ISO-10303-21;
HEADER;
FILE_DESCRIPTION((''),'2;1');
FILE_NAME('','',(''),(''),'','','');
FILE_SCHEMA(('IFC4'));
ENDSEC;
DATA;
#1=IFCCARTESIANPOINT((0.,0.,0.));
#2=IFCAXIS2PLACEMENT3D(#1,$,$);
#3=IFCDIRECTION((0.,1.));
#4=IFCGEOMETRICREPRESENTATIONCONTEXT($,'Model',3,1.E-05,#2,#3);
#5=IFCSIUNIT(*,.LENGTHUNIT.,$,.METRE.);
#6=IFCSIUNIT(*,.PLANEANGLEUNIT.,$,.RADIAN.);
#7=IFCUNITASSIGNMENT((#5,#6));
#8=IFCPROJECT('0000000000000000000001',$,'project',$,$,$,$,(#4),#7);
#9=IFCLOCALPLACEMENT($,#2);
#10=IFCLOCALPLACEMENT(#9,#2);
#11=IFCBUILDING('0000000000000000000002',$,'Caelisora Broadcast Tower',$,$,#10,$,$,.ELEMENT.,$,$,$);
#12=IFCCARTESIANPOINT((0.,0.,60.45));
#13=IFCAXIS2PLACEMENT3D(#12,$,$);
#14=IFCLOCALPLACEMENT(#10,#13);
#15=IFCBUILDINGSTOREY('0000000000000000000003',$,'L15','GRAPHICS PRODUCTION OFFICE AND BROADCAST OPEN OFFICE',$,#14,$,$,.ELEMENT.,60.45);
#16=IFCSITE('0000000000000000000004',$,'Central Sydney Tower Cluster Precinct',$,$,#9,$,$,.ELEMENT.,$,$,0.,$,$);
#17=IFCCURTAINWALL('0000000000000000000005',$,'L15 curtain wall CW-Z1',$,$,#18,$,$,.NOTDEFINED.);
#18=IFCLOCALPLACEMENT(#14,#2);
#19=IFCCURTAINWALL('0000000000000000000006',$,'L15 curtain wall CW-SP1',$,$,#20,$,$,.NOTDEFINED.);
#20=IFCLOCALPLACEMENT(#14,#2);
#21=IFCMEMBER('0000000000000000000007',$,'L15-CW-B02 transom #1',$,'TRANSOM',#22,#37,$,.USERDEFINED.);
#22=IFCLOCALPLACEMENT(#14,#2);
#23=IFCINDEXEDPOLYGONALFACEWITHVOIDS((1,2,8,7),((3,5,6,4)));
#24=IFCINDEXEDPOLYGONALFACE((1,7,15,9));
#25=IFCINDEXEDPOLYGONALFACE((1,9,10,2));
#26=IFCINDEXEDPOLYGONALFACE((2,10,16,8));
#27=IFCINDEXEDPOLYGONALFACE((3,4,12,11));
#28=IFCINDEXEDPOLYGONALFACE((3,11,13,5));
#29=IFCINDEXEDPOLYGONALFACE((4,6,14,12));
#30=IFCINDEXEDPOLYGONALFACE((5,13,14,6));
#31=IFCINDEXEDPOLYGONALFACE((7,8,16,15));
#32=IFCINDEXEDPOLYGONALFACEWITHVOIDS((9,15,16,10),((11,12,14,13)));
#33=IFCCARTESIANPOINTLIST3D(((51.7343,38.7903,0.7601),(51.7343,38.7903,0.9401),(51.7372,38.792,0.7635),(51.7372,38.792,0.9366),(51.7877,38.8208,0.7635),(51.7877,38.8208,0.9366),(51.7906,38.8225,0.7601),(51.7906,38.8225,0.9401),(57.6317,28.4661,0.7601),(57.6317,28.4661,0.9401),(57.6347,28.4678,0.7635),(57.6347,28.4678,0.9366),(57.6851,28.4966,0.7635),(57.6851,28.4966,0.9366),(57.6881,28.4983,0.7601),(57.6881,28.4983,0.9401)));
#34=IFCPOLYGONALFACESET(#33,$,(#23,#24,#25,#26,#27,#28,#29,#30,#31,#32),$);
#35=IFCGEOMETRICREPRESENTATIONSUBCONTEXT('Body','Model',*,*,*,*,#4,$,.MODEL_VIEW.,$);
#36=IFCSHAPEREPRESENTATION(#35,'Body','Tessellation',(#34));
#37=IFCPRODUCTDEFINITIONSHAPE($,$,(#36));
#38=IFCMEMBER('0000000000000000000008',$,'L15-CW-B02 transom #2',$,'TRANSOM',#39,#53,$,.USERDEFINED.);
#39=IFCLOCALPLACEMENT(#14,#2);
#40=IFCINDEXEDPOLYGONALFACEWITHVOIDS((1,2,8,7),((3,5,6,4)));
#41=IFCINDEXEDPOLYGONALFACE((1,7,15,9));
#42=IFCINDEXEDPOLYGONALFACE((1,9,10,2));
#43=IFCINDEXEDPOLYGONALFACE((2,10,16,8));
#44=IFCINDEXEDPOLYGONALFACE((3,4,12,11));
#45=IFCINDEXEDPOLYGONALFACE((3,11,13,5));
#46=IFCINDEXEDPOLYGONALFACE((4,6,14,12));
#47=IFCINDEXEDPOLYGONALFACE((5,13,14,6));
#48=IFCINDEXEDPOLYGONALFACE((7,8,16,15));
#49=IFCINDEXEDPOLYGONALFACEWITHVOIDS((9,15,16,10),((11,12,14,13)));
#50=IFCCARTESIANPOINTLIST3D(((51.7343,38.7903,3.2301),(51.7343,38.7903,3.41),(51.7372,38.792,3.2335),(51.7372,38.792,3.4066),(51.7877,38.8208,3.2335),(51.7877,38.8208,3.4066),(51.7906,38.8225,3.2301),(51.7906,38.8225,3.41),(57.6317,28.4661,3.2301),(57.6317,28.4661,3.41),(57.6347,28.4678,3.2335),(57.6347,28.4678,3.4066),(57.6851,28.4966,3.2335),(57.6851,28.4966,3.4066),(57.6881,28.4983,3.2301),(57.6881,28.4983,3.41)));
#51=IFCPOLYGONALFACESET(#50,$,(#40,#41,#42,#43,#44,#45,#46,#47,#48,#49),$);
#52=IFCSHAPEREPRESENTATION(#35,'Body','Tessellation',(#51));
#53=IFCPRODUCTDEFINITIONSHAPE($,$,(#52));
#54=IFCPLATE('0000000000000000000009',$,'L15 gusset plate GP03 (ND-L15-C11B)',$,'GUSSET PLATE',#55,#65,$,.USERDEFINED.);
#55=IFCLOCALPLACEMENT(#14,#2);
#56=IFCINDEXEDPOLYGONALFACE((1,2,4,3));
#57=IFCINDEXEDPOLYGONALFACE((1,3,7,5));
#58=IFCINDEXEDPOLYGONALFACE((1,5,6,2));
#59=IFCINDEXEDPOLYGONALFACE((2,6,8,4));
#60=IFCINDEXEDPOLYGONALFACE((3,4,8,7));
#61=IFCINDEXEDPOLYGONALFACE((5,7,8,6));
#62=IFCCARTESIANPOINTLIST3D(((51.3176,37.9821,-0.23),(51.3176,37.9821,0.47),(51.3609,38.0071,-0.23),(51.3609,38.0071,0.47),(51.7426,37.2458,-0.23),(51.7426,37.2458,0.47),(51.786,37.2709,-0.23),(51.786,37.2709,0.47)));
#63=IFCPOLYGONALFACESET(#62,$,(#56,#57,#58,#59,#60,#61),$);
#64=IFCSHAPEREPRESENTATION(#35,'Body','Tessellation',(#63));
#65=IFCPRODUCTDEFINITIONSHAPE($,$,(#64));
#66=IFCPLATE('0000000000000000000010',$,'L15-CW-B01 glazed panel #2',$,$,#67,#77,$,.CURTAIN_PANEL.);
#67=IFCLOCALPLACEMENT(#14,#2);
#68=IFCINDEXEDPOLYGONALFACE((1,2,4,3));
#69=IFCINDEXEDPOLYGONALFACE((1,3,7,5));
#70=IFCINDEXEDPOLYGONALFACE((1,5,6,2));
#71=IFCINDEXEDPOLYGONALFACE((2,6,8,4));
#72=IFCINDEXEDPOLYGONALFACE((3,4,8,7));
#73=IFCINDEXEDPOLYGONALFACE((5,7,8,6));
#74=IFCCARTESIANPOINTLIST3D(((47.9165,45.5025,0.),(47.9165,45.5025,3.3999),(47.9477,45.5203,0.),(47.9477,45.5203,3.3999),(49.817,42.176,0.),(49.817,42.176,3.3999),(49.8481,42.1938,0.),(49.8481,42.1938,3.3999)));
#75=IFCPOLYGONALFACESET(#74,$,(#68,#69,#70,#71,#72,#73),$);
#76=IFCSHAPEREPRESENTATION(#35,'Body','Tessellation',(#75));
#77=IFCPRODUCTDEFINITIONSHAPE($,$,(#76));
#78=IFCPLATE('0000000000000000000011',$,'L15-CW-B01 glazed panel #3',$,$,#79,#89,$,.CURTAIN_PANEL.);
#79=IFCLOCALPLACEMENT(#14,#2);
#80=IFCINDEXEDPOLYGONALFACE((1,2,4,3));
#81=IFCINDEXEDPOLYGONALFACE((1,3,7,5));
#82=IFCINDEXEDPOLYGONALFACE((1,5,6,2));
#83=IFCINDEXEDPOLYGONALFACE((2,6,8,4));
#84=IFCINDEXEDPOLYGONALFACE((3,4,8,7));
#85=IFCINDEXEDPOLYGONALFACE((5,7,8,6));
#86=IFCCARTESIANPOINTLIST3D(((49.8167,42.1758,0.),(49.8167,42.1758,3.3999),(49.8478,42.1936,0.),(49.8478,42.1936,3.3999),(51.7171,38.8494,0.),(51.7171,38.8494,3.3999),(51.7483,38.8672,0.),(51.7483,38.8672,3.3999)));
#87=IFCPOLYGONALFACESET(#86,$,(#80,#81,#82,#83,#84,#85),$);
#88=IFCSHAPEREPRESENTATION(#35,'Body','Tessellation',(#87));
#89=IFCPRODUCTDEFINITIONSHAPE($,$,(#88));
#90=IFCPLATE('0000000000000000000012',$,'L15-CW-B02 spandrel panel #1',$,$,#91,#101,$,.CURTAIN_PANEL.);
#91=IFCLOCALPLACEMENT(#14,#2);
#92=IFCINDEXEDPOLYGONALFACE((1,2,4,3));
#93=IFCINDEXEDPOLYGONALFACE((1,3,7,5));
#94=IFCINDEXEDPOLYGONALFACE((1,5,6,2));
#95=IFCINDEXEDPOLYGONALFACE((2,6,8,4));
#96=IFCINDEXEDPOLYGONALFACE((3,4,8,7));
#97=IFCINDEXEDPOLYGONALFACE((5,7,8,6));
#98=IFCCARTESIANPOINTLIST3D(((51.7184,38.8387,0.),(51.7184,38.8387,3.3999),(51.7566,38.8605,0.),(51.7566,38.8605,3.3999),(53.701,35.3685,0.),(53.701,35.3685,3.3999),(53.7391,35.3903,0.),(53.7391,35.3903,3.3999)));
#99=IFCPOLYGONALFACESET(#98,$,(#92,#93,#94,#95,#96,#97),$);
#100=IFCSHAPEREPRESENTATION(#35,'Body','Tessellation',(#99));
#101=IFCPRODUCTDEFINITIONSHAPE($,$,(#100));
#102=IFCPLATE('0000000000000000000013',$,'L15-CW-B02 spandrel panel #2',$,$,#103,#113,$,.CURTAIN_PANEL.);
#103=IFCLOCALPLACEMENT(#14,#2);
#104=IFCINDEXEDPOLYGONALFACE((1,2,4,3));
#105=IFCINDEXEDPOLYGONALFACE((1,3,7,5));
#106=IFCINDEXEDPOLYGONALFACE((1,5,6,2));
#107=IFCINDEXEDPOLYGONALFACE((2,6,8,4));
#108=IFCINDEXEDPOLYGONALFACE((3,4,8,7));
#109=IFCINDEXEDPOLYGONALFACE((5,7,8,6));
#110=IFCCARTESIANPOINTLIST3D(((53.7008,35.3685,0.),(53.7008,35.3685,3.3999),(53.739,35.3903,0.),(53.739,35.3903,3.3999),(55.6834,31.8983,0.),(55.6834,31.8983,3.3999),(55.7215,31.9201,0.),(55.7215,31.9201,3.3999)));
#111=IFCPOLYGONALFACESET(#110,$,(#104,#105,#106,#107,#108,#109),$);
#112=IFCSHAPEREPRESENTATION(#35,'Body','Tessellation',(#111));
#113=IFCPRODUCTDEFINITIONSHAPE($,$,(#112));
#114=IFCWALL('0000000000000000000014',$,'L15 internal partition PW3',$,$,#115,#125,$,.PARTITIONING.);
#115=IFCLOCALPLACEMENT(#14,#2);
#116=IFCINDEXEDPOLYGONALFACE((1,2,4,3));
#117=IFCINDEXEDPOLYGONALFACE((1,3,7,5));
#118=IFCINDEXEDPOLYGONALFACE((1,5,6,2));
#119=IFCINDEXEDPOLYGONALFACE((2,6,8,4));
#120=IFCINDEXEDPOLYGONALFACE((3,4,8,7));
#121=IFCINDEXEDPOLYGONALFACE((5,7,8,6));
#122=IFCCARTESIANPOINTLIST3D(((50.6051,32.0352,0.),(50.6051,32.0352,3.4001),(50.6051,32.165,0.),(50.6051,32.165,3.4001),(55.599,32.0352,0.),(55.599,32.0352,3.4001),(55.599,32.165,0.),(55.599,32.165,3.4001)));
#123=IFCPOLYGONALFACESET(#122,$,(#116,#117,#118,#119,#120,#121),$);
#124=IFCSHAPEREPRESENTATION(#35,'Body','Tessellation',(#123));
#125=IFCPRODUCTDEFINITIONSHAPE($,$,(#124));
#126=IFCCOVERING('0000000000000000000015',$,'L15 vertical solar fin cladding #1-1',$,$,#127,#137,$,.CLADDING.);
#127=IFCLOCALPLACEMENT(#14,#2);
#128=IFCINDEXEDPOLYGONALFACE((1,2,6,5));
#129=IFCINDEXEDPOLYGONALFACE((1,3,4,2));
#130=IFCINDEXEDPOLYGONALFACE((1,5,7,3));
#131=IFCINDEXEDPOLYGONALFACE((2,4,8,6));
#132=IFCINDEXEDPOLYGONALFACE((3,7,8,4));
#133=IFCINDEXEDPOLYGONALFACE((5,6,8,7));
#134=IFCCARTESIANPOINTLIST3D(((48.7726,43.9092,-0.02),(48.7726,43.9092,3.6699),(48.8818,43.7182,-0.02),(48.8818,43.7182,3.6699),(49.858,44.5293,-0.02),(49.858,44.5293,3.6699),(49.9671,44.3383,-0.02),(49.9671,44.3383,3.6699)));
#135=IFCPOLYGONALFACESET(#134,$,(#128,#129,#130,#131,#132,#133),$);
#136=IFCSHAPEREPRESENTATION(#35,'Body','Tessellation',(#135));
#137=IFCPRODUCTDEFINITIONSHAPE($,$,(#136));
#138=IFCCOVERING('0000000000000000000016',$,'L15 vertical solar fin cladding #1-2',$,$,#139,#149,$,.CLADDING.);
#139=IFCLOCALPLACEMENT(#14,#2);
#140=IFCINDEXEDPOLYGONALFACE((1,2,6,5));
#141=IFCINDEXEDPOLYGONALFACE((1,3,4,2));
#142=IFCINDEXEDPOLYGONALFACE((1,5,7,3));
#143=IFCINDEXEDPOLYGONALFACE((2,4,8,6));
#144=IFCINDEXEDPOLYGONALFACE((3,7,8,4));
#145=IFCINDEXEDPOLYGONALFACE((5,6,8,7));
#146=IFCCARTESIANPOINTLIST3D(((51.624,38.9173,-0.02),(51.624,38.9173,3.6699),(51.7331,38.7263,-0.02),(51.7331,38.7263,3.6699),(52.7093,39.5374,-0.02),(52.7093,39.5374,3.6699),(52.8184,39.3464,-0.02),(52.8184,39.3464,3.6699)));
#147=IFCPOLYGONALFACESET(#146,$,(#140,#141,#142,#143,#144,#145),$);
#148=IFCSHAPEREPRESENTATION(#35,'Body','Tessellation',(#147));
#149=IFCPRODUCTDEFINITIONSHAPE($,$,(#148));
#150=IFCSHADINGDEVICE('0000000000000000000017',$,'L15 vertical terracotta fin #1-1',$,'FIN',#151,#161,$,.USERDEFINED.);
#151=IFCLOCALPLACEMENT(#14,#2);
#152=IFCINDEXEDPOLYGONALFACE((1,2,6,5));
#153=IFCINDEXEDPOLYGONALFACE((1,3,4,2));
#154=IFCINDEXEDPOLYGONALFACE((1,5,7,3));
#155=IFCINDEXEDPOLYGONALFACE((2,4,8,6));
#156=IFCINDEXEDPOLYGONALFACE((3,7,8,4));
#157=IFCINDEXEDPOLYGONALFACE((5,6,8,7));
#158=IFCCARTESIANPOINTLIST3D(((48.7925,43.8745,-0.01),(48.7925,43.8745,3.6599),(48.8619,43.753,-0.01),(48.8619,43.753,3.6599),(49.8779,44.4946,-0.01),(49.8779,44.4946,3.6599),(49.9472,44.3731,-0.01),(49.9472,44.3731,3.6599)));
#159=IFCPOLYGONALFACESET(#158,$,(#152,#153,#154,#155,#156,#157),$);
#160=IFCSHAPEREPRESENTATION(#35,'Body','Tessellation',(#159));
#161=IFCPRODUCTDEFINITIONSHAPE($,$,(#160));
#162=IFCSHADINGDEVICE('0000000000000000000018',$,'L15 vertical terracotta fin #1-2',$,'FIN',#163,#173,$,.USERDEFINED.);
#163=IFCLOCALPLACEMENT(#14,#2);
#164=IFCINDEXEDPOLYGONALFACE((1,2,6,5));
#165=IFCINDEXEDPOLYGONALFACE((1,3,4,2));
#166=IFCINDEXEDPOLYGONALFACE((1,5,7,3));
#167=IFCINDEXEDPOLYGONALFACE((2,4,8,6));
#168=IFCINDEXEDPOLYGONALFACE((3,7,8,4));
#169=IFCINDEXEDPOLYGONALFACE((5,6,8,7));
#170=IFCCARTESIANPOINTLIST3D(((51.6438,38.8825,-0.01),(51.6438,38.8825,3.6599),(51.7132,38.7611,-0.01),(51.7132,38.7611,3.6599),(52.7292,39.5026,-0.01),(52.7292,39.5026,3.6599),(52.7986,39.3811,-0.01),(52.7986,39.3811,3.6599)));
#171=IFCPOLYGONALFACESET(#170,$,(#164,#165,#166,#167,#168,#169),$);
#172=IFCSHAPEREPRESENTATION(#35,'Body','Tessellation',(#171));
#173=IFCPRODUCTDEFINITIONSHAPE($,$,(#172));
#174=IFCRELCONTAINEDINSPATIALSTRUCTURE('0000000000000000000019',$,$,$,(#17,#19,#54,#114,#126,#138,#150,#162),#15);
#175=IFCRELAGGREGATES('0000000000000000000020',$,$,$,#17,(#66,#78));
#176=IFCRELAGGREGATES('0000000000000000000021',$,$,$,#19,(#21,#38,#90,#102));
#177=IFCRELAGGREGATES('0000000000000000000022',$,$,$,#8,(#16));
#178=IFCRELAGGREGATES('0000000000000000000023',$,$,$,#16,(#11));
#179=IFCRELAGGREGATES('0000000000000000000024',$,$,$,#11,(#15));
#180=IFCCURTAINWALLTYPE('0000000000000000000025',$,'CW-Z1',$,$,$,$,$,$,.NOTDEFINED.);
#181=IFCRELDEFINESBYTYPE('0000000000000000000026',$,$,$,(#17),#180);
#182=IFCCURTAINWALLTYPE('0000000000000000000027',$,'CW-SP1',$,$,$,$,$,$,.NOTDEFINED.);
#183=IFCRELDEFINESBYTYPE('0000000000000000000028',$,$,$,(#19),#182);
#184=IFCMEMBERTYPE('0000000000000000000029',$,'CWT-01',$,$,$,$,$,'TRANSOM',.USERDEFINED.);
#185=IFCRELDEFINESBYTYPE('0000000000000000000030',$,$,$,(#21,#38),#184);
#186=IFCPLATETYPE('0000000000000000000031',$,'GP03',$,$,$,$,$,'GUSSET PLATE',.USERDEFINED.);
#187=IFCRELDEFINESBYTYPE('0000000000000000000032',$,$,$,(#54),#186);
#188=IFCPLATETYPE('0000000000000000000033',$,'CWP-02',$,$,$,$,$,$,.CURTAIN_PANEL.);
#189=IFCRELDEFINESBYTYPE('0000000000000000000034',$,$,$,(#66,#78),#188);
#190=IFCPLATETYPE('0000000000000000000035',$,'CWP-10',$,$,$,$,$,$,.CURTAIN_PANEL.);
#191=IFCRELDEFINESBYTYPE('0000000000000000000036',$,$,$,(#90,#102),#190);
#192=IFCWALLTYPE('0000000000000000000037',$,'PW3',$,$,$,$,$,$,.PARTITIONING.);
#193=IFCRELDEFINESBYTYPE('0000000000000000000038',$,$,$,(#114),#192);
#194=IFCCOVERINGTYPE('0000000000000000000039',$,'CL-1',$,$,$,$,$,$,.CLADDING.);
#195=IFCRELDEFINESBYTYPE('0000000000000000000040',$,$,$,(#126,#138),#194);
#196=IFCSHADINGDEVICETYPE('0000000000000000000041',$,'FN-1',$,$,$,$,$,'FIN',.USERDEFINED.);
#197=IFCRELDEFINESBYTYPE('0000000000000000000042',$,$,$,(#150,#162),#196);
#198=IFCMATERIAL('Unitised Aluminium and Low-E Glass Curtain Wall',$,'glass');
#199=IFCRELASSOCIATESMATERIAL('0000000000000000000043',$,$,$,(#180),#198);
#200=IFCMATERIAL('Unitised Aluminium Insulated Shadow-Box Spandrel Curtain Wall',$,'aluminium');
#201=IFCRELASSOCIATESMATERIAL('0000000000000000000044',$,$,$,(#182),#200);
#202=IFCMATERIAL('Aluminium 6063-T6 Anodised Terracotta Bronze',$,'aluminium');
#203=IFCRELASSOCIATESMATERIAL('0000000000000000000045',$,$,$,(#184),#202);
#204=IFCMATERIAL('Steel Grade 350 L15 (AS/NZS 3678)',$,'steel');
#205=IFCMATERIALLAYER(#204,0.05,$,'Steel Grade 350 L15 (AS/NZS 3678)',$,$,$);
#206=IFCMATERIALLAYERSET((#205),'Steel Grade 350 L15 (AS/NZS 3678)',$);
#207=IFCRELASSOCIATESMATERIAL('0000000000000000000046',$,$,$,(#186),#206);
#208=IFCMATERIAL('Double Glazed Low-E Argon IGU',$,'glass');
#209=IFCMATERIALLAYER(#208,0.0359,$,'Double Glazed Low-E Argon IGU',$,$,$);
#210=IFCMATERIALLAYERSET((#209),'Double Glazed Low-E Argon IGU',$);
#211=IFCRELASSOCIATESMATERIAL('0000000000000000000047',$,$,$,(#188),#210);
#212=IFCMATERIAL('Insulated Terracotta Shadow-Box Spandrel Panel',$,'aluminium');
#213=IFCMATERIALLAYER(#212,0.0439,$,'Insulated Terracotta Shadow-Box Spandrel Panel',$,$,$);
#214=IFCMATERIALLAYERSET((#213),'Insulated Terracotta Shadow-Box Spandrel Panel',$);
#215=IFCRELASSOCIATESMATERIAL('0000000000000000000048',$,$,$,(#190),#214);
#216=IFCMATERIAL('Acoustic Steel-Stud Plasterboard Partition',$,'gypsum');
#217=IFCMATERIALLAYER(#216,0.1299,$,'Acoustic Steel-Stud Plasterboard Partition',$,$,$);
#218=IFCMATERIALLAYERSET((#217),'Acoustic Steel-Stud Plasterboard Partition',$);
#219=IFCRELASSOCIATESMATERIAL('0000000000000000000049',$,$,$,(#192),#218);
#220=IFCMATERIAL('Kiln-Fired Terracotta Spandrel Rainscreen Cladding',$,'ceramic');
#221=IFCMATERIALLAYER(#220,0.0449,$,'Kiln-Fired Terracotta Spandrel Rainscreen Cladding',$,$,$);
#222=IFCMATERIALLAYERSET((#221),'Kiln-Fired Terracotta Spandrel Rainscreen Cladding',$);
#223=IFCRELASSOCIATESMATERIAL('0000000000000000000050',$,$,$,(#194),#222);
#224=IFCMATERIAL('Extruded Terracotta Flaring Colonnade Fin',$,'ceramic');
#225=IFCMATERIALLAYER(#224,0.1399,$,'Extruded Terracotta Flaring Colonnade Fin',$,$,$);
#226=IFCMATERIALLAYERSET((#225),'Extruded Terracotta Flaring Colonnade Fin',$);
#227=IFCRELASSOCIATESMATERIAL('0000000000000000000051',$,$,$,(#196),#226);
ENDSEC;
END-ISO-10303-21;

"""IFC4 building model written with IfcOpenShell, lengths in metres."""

from ifc_helpers import new_model, si_unit, direction, frame, frame_2d, origin, origin_2d, place, context, subcontext, project, spatial, rectangle, hollow_rectangle, extrude, source, transform, mapped, material, layer, layer_set, material_profile, profile_set, type_object, type_shapes, element, aggregate, save


model = new_model("IFC4")

# Units and contexts
model_context = context("Model", 3, precision=1e-05, world=origin(), true_north=direction((0.0, 1.0)))
body_context = subcontext(model_context, "Body", "Model", "MODEL_VIEW")
ifc_project = project(units=[si_unit("LENGTHUNIT", "METRE"), si_unit("PLANEANGLEUNIT", "RADIAN")], contexts=[model_context])

# Site, building, storey
site_placement = place(None, origin())
site = spatial("IfcSite", under=ifc_project, at=site_placement, Name="Central Sydney Tower Cluster Precinct", CompositionType="ELEMENT", RefElevation=0.0)
building_placement = place(site_placement, origin())
building = spatial("IfcBuilding", under=site, at=building_placement, Name="Caelisora Broadcast Tower", CompositionType="ELEMENT")
storey_placement = place(building_placement, frame((0.0, 0.0, 60.45)))
storey = spatial("IfcBuildingStorey", under=building, at=storey_placement, Name="L15", Description="GRAPHICS PRODUCTION OFFICE AND BROADCAST OPEN OFFICE", CompositionType="ELEMENT", Elevation=60.45)

# Shared definitions
ifc_material_1 = material(Name="Steel Grade 350 L15 (AS/NZS 3678)", Category="steel")

# Curtain walls, members
ifc_material_2 = material(Name="Unitised Aluminium and Low-E Glass Curtain Wall", Category="glass")
curtain_wall_type_1 = type_object("IfcCurtainWallType", Name="CW-Z1", PredefinedType="NOTDEFINED", material=ifc_material_2)
curtain_wall_1_placement = place(storey_placement, origin())
curtain_wall_1 = element("IfcCurtainWall", 1, at=curtain_wall_1_placement, inside=storey, type_object=curtain_wall_type_1, Name="L15 curtain wall CW-Z1", PredefinedType="NOTDEFINED")
ifc_material_3 = material(Name="Aluminium 6063-T6 Anodised Terracotta Bronze", Category="aluminium")
ifc_material_4 = material(Name="Unitised Aluminium Insulated Shadow-Box Spandrel Curtain Wall", Category="aluminium")
curtain_wall_type_2 = type_object("IfcCurtainWallType", Name="CW-SP1", PredefinedType="NOTDEFINED", material=ifc_material_4)
curtain_wall_2_placement = place(storey_placement, origin())
curtain_wall_2 = element("IfcCurtainWall", 2, at=curtain_wall_2_placement, inside=storey, type_object=curtain_wall_type_2, Name="L15 curtain wall CW-SP1", PredefinedType="NOTDEFINED")
ifc_material_profile_1 = material_profile(ifc_material_3, hollow_rectangle(XDim=0.0649, YDim=0.1799, WallThickness=0.0034, at=origin_2d()), Name="Aluminium 6063-T6 Anodised Terracotta Bronze")
ifc_profile_set_1 = profile_set([ifc_material_profile_1], Name="Aluminium 6063-T6 Anodised Terracotta Bronze")
member_type_1 = type_object("IfcMemberType", Name="CWT-01", ElementType="TRANSOM", PredefinedType="USERDEFINED", material=ifc_profile_set_1)
shared_shape_1 = source(origin(), body_context, "Body", "SweptSolid", [
    extrude(hollow_rectangle(XDim=0.0649, YDim=0.1799, WallThickness=0.0034, at=origin_2d()), origin(), (0.0, 0.0, 1.0), 11.8899),
])
type_shapes(member_type_1, [shared_shape_1])
member_1_placement = place(storey_placement, frame((51.7625, 38.8064, 0.8501), z_axis=(0.496006, -0.868319, 0.0), x_axis=(0.868319, 0.496006, 0.0)))
member_1 = element("IfcMember", 3, at=member_1_placement, type_object=member_type_1, Name="L15-CW-B02 transom #1", ObjectType="TRANSOM", PredefinedType="USERDEFINED", context=body_context, shape_type="MappedRepresentation", body=[
    mapped(shared_shape_1, transform((0.0, 0.0, 0.0), scale=1.0)),
])
member_2_placement = place(storey_placement, frame((51.7625, 38.8064, 3.3201), z_axis=(0.496006, -0.868319, 0.0), x_axis=(0.868319, 0.496006, 0.0)))
member_2 = element("IfcMember", 4, at=member_2_placement, type_object=member_type_1, Name="L15-CW-B02 transom #2", ObjectType="TRANSOM", PredefinedType="USERDEFINED", context=body_context, shape_type="MappedRepresentation", body=[
    mapped(shared_shape_1, transform((0.0, 0.0, 0.0), scale=1.0)),
])

# Plates
ifc_layer_1 = layer(ifc_material_1, 0.05, Name="Steel Grade 350 L15 (AS/NZS 3678)")
ifc_layer_set_1 = layer_set([ifc_layer_1], Name="Steel Grade 350 L15 (AS/NZS 3678)")
plate_type_1 = type_object("IfcPlateType", Name="GP03", ElementType="GUSSET PLATE", PredefinedType="USERDEFINED", material=ifc_layer_set_1)
shared_shape_2 = source(origin(), body_context, "Body", "SweptSolid", [
    extrude(rectangle(XDim=0.8501, YDim=0.05, at=origin_2d()), origin(), (0.0, 0.0, 1.0), 0.7),
])
type_shapes(plate_type_1, [shared_shape_2])
plate_1_placement = place(storey_placement, frame((51.5518, 37.6265, -0.23), z_axis=(0.0, 0.0, 1.0), x_axis=(-0.5, 0.866025, 0.0)))
element("IfcPlate", 5, at=plate_1_placement, inside=storey, type_object=plate_type_1, Name="L15 gusset plate GP03 (ND-L15-C11B)", ObjectType="GUSSET PLATE", PredefinedType="USERDEFINED", context=body_context, shape_type="MappedRepresentation", body=[
    mapped(shared_shape_2, transform((0.0, 0.0, 0.0), scale=1.0)),
])
ifc_material_5 = material(Name="Double Glazed Low-E Argon IGU", Category="glass")
ifc_layer_2 = layer(ifc_material_5, 0.0359, Name="Double Glazed Low-E Argon IGU")
ifc_layer_set_2 = layer_set([ifc_layer_2], Name="Double Glazed Low-E Argon IGU")
plate_type_2 = type_object("IfcPlateType", Name="CWP-02", PredefinedType="CURTAIN_PANEL", material=ifc_layer_set_2)
shared_shape_3 = source(origin(), body_context, "Body", "SweptSolid", [
    extrude(rectangle(XDim=3.8311, YDim=0.0359, at=origin_2d()), origin(), (0.0, 0.0, 1.0), 3.3999),
])
type_shapes(plate_type_2, [shared_shape_3])
plate_2_placement = place(storey_placement, frame((48.8823, 43.8481, 0.0), z_axis=(0.0, 0.0, 1.0), x_axis=(0.496065, -0.868285, 0.0)))
plate_2 = element("IfcPlate", 6, at=plate_2_placement, type_object=plate_type_2, Name="L15-CW-B01 glazed panel #2", PredefinedType="CURTAIN_PANEL", context=body_context, shape_type="MappedRepresentation", body=[
    mapped(shared_shape_3, transform((0.0, 0.0, 0.0), scale=1.0)),
])
plate_3_placement = place(storey_placement, frame((50.7825, 40.5215, 0.0), z_axis=(0.0, 0.0, 1.0), x_axis=(0.496065, -0.868285, 0.0)))
plate_3 = element("IfcPlate", 7, at=plate_3_placement, type_object=plate_type_2, Name="L15-CW-B01 glazed panel #3", PredefinedType="CURTAIN_PANEL", context=body_context, shape_type="MappedRepresentation", body=[
    mapped(shared_shape_3, transform((0.0, 0.0, 0.0), scale=1.0)),
])
aggregate(curtain_wall_1, [plate_2, plate_3])
ifc_material_6 = material(Name="Insulated Terracotta Shadow-Box Spandrel Panel", Category="aluminium")
ifc_layer_3 = layer(ifc_material_6, 0.0439, Name="Insulated Terracotta Shadow-Box Spandrel Panel")
ifc_layer_set_3 = layer_set([ifc_layer_3], Name="Insulated Terracotta Shadow-Box Spandrel Panel")
plate_type_3 = type_object("IfcPlateType", Name="CWP-10", PredefinedType="CURTAIN_PANEL", material=ifc_layer_set_3)
shared_shape_4 = source(origin(), body_context, "Body", "SweptSolid", [
    extrude(rectangle(XDim=3.9966, YDim=0.0439, at=origin_2d()), origin(), (0.0, 0.0, 1.0), 3.3999),
])
type_shapes(plate_type_3, [shared_shape_4])
plate_4_placement = place(storey_placement, frame((52.7288, 37.1145, 0.0), z_axis=(0.0, 0.0, 1.0), x_axis=(0.496065, -0.868285, 0.0)))
plate_4 = element("IfcPlate", 8, at=plate_4_placement, type_object=plate_type_3, Name="L15-CW-B02 spandrel panel #1", PredefinedType="CURTAIN_PANEL", context=body_context, shape_type="MappedRepresentation", body=[
    mapped(shared_shape_4, transform((0.0, 0.0, 0.0), scale=1.0)),
])
plate_5_placement = place(storey_placement, frame((54.7112, 33.6443, 0.0), z_axis=(0.0, 0.0, 1.0), x_axis=(0.496065, -0.868285, 0.0)))
plate_5 = element("IfcPlate", 9, at=plate_5_placement, type_object=plate_type_3, Name="L15-CW-B02 spandrel panel #2", PredefinedType="CURTAIN_PANEL", context=body_context, shape_type="MappedRepresentation", body=[
    mapped(shared_shape_4, transform((0.0, 0.0, 0.0), scale=1.0)),
])
aggregate(curtain_wall_2, [member_1, member_2, plate_4, plate_5])

# Wall
ifc_material_7 = material(Name="Acoustic Steel-Stud Plasterboard Partition", Category="gypsum")
ifc_layer_4 = layer(ifc_material_7, 0.1299, Name="Acoustic Steel-Stud Plasterboard Partition")
ifc_layer_set_4 = layer_set([ifc_layer_4], Name="Acoustic Steel-Stud Plasterboard Partition")
wall_type = type_object("IfcWallType", Name="PW3", PredefinedType="PARTITIONING", material=ifc_layer_set_4)
wall_placement = place(storey_placement, frame((50.605, 32.1001, 0.0), z_axis=(0.0, 0.0, 1.0), x_axis=(1.0, 0.0, 0.0)))
element("IfcWall", 10, at=wall_placement, inside=storey, type_object=wall_type, Name="L15 internal partition PW3", PredefinedType="PARTITIONING", context=body_context, shape_type="SweptSolid", body=[
    extrude(rectangle(XDim=4.9939, YDim=0.1299, at=frame_2d((2.4971, 0.0))), origin(), (0.0, 0.0, 1.0), 3.4001),
])

# Coverings
ifc_material_8 = material(Name="Kiln-Fired Terracotta Spandrel Rainscreen Cladding", Category="ceramic")
ifc_layer_5 = layer(ifc_material_8, 0.0449, Name="Kiln-Fired Terracotta Spandrel Rainscreen Cladding")
ifc_layer_set_5 = layer_set([ifc_layer_5], Name="Kiln-Fired Terracotta Spandrel Rainscreen Cladding")
covering_type = type_object("IfcCoveringType", Name="CL-1", PredefinedType="CLADDING", material=ifc_layer_set_5)
shared_shape_5 = source(origin(), body_context, "Body", "SweptSolid", [
    extrude(rectangle(XDim=0.22, YDim=1.25, at=origin_2d()), origin(), (0.0, 0.0, 1.0), 3.6899),
])
type_shapes(covering_type, [shared_shape_5])
for number, where, z_axis, x_axis, name in (
    (11, (49.3699, 44.1238, -0.02), (0.0, 0.0, 1.0), (0.496065, -0.868285, 0.0), "L15 vertical solar fin cladding #1-1"),
    (12, (52.2212, 39.1318, -0.02), (0.0, 0.0, 1.0), (0.496065, -0.868285, 0.0), "L15 vertical solar fin cladding #1-2"),
):
    element("IfcCovering", number, at=place(storey_placement, frame(where, z_axis=z_axis, x_axis=x_axis)), inside=storey, type_object=covering_type, Name=name, PredefinedType="CLADDING", context=body_context, shape_type="MappedRepresentation", body=[
        mapped(shared_shape_5, transform((0.0, 0.0, 0.0), scale=1.0)),
    ])

# Shading devices
ifc_material_9 = material(Name="Extruded Terracotta Flaring Colonnade Fin", Category="ceramic")
ifc_layer_6 = layer(ifc_material_9, 0.1399, Name="Extruded Terracotta Flaring Colonnade Fin")
ifc_layer_set_6 = layer_set([ifc_layer_6], Name="Extruded Terracotta Flaring Colonnade Fin")
shading_device_type_1 = type_object("IfcShadingDeviceType", Name="FN-1", ElementType="FIN", PredefinedType="USERDEFINED", material=ifc_layer_set_6)
shared_shape_6 = source(origin(), body_context, "Body", "SweptSolid", [
    extrude(rectangle(XDim=0.1399, YDim=1.25, at=origin_2d()), origin(), (0.0, 0.0, 1.0), 3.6699),
])
type_shapes(shading_device_type_1, [shared_shape_6])
for number, where, z_axis, x_axis, name in (
    (13, (49.3699, 44.1238, -0.01), (0.0, 0.0, 1.0), (0.496065, -0.868285, 0.0), "L15 vertical terracotta fin #1-1"),
    (14, (52.2212, 39.1318, -0.01), (0.0, 0.0, 1.0), (0.496065, -0.868285, 0.0), "L15 vertical terracotta fin #1-2"),
):
    element("IfcShadingDevice", number, at=place(storey_placement, frame(where, z_axis=z_axis, x_axis=x_axis)), inside=storey, type_object=shading_device_type_1, Name=name, ObjectType="FIN", PredefinedType="USERDEFINED", context=body_context, shape_type="MappedRepresentation", body=[
        mapped(shared_shape_6, transform((0.0, 0.0, 0.0), scale=1.0)),
    ])

save(model, "model.ifc")
